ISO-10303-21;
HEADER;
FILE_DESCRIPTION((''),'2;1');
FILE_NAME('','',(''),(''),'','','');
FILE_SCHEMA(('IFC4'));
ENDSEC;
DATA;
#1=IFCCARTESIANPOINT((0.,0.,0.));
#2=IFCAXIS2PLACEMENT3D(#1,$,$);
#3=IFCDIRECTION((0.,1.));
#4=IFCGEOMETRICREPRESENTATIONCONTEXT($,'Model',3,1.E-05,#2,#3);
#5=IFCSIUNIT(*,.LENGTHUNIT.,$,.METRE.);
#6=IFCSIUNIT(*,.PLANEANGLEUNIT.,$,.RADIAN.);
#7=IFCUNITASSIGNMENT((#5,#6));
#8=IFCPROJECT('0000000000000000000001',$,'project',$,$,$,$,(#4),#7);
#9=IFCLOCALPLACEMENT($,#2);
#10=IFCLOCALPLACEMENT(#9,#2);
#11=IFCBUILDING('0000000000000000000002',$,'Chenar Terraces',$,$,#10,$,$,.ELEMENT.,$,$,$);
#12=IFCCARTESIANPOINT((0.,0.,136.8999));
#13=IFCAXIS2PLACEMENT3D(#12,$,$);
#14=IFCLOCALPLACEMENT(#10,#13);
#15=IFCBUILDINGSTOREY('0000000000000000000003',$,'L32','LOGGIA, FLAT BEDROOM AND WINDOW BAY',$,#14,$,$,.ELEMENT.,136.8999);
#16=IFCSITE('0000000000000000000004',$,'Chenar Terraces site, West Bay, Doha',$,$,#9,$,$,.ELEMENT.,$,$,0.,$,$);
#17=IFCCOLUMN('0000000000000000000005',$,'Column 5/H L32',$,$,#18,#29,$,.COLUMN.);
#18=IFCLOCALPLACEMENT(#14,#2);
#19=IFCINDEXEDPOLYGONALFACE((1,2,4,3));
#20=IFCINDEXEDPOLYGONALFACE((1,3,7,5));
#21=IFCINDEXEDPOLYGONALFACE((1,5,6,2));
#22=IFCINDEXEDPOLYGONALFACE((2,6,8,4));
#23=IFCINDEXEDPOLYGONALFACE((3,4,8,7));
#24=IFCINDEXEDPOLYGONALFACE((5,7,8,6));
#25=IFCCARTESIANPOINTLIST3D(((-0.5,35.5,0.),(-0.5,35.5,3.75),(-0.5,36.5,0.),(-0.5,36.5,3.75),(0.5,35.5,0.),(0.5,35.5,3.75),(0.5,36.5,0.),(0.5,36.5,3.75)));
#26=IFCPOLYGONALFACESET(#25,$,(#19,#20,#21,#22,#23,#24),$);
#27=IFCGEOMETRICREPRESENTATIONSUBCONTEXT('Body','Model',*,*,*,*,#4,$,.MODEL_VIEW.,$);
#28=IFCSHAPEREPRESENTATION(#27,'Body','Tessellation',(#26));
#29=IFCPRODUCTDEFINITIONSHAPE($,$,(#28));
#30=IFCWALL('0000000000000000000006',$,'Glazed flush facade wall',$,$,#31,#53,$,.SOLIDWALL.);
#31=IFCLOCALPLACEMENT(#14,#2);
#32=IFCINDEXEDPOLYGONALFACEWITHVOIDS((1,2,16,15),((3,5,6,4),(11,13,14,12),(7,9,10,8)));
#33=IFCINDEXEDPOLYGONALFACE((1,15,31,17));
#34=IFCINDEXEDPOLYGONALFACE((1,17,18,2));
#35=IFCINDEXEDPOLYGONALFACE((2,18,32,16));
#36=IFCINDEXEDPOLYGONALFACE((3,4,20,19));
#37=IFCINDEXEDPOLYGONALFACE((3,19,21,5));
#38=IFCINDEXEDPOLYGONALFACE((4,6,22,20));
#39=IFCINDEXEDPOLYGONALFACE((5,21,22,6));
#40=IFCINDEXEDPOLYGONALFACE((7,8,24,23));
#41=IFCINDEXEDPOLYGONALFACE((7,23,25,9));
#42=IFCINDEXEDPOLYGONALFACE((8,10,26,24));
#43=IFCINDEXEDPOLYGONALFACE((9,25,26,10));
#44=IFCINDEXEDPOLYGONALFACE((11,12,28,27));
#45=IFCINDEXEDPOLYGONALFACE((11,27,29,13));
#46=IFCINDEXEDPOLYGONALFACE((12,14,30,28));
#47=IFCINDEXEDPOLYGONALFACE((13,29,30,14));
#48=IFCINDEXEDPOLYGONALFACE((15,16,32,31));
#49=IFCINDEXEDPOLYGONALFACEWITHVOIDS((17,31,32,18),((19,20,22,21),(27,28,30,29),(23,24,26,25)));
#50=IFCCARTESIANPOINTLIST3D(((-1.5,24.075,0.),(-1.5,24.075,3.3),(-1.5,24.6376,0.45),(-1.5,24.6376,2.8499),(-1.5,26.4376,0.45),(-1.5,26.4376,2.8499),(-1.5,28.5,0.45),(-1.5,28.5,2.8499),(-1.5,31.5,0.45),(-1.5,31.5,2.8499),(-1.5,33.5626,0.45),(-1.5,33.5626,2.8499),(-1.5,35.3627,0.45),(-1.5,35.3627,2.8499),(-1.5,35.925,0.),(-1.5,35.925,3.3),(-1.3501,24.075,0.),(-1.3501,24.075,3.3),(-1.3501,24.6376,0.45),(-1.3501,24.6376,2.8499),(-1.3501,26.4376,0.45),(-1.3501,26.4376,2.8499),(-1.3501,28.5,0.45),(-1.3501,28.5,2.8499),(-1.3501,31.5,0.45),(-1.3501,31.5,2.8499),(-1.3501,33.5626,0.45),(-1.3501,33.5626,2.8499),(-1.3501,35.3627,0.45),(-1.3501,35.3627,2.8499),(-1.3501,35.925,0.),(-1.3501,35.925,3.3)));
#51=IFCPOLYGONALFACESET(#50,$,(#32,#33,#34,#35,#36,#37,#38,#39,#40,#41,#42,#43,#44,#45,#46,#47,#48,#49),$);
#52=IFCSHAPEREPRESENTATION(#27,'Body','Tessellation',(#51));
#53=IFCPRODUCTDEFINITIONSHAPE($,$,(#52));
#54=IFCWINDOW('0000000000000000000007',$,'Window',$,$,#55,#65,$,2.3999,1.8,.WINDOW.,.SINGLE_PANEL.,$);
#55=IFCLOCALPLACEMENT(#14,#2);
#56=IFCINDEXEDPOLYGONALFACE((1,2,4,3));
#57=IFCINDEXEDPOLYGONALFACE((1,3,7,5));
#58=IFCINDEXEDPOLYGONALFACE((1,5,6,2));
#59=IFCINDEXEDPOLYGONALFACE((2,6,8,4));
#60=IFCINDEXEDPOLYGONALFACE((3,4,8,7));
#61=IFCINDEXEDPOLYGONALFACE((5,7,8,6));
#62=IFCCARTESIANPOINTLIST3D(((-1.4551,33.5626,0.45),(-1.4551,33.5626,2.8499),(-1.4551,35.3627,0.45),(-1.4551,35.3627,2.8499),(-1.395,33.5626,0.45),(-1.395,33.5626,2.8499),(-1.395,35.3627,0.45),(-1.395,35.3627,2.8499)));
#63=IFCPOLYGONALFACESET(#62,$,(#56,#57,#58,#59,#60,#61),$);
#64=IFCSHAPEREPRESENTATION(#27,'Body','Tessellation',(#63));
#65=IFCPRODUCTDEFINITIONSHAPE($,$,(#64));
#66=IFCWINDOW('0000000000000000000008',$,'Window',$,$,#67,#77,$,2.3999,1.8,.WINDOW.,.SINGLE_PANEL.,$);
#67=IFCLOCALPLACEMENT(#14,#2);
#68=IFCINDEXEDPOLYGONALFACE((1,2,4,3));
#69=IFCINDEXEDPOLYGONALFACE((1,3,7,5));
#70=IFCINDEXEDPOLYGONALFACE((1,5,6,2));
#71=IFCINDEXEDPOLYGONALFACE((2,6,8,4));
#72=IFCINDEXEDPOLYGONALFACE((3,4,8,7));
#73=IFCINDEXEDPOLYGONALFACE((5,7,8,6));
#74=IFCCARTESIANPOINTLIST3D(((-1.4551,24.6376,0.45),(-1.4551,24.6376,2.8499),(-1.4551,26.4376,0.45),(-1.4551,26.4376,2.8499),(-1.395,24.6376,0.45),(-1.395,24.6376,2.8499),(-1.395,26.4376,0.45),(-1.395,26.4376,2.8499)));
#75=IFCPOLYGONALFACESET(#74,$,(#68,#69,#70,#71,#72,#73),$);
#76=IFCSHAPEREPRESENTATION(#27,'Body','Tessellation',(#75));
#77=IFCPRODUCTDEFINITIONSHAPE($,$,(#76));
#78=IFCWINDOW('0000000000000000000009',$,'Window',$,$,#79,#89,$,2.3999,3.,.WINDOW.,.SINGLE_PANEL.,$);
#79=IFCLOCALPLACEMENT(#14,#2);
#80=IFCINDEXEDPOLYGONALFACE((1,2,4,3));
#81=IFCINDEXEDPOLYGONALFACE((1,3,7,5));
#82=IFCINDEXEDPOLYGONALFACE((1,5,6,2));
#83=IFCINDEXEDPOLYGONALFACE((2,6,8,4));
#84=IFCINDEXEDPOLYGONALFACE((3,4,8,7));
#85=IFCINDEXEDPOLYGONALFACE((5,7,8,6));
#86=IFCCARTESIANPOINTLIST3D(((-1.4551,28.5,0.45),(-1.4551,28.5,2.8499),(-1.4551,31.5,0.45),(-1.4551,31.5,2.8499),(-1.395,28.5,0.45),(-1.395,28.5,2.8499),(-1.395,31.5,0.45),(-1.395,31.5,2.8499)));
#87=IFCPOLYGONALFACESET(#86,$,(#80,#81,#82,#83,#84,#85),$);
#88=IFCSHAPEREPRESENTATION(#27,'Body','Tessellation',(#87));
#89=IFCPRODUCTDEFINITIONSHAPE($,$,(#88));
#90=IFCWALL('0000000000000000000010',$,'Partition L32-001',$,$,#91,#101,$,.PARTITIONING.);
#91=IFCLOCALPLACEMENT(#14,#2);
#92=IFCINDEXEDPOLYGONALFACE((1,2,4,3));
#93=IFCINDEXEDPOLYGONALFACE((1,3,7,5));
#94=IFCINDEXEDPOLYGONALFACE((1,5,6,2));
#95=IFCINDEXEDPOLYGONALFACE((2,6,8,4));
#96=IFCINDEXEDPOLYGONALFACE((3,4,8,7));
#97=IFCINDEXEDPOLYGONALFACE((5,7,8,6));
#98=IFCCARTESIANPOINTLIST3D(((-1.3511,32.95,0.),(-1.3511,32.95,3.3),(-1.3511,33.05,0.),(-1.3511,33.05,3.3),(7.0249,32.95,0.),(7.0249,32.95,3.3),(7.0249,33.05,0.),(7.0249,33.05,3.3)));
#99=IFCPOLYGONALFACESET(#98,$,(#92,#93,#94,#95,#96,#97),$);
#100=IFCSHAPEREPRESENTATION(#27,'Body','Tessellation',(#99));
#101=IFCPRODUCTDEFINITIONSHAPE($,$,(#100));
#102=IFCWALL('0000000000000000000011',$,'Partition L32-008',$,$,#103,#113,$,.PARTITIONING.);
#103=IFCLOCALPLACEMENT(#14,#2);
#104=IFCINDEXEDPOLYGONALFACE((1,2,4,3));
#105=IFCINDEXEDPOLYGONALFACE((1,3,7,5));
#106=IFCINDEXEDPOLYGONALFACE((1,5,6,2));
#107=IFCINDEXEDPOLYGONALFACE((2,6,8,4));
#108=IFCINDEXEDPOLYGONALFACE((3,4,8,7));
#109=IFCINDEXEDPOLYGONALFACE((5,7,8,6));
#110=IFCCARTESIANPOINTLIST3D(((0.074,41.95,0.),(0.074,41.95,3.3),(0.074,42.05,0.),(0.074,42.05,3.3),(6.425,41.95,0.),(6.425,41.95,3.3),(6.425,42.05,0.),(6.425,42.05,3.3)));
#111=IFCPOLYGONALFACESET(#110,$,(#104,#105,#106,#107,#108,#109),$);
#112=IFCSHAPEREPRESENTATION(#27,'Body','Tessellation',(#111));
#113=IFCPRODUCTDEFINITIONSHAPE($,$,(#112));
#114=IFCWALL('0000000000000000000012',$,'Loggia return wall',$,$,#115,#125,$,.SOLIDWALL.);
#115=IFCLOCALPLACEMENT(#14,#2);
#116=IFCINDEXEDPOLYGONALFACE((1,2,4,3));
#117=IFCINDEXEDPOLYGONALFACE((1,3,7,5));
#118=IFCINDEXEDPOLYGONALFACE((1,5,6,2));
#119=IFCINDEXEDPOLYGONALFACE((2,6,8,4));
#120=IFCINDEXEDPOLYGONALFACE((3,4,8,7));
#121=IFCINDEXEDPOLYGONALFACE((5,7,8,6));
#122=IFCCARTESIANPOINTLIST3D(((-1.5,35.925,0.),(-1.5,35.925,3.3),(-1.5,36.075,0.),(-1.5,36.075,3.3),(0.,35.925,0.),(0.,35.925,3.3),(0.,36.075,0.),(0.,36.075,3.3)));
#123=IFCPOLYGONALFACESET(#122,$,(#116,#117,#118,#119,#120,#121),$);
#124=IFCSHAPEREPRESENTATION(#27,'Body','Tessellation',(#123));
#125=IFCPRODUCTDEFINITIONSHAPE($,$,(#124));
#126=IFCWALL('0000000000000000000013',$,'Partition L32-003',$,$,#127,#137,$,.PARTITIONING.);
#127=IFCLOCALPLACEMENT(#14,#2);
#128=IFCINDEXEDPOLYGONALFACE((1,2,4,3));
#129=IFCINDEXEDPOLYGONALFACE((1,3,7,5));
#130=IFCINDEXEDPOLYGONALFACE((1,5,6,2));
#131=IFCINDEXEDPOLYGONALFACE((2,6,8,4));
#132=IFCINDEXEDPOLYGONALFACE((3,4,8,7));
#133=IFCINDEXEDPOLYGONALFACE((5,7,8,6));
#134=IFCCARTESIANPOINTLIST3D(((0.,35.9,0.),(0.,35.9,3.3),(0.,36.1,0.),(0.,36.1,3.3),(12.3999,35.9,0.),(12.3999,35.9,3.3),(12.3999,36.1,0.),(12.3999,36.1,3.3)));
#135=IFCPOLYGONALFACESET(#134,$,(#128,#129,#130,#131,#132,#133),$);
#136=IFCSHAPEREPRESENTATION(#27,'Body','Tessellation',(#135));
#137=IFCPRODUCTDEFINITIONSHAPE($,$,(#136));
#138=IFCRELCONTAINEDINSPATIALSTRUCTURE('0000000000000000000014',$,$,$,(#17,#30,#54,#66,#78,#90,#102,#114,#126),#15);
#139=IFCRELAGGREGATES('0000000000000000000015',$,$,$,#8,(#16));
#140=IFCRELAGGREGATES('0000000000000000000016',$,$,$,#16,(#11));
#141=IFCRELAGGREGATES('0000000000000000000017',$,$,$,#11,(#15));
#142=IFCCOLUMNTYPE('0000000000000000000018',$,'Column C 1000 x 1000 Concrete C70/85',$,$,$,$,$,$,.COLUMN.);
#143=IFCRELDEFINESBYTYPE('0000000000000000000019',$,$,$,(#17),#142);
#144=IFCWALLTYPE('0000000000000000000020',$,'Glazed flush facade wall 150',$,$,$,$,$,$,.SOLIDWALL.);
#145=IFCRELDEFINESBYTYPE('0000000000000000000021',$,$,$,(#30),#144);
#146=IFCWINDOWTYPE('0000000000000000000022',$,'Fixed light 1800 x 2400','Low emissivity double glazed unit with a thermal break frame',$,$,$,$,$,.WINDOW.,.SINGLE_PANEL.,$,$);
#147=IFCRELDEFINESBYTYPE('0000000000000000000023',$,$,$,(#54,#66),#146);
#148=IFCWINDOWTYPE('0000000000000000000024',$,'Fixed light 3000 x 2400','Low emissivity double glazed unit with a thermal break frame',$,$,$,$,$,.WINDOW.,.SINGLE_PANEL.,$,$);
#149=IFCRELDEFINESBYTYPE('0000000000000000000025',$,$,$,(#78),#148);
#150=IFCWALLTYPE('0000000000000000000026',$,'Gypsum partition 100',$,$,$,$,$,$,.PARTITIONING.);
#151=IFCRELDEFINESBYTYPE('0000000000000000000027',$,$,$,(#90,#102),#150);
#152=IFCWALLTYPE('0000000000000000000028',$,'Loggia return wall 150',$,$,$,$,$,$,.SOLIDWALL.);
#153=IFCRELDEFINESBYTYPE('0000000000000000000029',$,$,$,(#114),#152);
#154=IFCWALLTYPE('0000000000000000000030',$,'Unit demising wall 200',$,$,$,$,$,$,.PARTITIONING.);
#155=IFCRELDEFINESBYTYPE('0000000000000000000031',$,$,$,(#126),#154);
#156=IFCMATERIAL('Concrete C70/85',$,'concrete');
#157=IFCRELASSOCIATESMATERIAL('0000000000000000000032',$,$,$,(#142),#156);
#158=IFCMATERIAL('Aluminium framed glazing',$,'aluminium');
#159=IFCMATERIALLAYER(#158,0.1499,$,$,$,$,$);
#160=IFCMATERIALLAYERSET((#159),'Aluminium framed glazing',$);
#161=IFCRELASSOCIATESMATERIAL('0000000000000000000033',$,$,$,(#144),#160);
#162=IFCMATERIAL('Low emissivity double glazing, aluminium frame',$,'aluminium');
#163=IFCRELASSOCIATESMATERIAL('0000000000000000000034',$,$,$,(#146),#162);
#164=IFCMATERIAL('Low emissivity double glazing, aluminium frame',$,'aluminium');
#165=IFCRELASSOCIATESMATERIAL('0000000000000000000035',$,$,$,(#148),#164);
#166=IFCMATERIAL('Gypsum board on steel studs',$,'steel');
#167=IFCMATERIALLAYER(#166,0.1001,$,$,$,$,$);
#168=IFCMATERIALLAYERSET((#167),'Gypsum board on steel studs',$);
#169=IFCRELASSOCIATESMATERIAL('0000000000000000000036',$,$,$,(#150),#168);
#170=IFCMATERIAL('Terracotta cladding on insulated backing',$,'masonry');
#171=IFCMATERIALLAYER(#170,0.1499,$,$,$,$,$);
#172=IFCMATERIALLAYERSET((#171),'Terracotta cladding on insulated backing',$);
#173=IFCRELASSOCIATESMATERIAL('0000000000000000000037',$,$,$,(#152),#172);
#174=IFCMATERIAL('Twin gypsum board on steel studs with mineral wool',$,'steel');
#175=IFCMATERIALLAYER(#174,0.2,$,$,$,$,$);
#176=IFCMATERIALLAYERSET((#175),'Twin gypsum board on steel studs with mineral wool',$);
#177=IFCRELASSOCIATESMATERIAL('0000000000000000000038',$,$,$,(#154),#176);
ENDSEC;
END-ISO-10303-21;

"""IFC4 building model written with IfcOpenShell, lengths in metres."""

from ifc_helpers import new_model, si_unit, direction, frame, frame_2d, origin, origin_2d, place, context, subcontext, project, spatial, rectangle, extrude, material, layer, layer_set, material_profile, profile_set, type_object, element, fill, save


model = new_model("IFC4")

# Units and contexts
model_context = context("Model", 3, precision=1e-05, world=origin(), true_north=direction((0.0, 1.0)))
body_context = subcontext(model_context, "Body", "Model", "MODEL_VIEW")
ifc_project = project(units=[si_unit("LENGTHUNIT", "METRE"), si_unit("PLANEANGLEUNIT", "RADIAN")], contexts=[model_context])

# Site, building, storey
site_placement = place(None, origin())
site = spatial("IfcSite", under=ifc_project, at=site_placement, Name="Chenar Terraces site, West Bay, Doha", CompositionType="ELEMENT", RefElevation=0.0)
building_placement = place(site_placement, origin())
building = spatial("IfcBuilding", under=site, at=building_placement, Name="Chenar Terraces", CompositionType="ELEMENT")
storey_placement = place(building_placement, frame((0.0, 0.0, 136.8999)))
storey = spatial("IfcBuildingStorey", under=building, at=storey_placement, Name="L32", Description="LOGGIA, FLAT BEDROOM AND WINDOW BAY", CompositionType="ELEMENT", Elevation=136.8999)

# Column
ifc_material_1 = material(Name="Concrete C70/85", Category="concrete")
ifc_material_profile = material_profile(ifc_material_1, rectangle(XDim=1.0, YDim=1.0, at=origin_2d()), Name="C 1000 x 1000")
ifc_profile_set = profile_set([ifc_material_profile], Name="Concrete C70/85")
column_type = type_object("IfcColumnType", Name="Column C 1000 x 1000 Concrete C70/85", PredefinedType="COLUMN", material=ifc_profile_set)
placement = place(storey_placement, frame((0.0, 36.0, 0.0), z_axis=(0.0, 0.0, 1.0), x_axis=(1.0, 0.0, 0.0)))
element("IfcColumn", 1, at=placement, inside=storey, type_object=column_type, Name="Column 5/H L32", PredefinedType="COLUMN", context=body_context, shape_type="SweptSolid", body=[
    extrude(rectangle(XDim=1.0, YDim=1.0, at=origin_2d()), origin(), (0.0, 0.0, 1.0), 3.75),
])

# Wall, openings, windows
ifc_material_2 = material(Name="Aluminium framed glazing", Category="aluminium")
ifc_layer_1 = layer(ifc_material_2, 0.1499)
ifc_layer_set_1 = layer_set([ifc_layer_1], Name="Aluminium framed glazing")
wall_type_1 = type_object("IfcWallType", Name="Glazed flush facade wall 150", PredefinedType="SOLIDWALL", material=ifc_layer_set_1)
wall_1_placement = place(storey_placement, frame((-1.425, 35.925, 0.0), z_axis=(0.0, 0.0, 1.0), x_axis=(0.0, -1.0, 0.0)))
wall_1 = element("IfcWall", 2, at=wall_1_placement, inside=storey, type_object=wall_type_1, Name="Glazed flush facade wall", PredefinedType="SOLIDWALL", context=body_context, shape_type="SweptSolid", body=[
    extrude(rectangle(XDim=11.8501, YDim=0.1499, at=frame_2d((5.925, 0.0))), origin(), (0.0, 0.0, 1.0), 3.3),
])
opening_1_placement = place(wall_1_placement, frame((0.5625, 0.0, 0.45)))
opening_1 = element("IfcOpeningElement", 3, at=opening_1_placement, cuts=wall_1, PredefinedType="OPENING", context=body_context, shape_type="SweptSolid", body=[
    extrude(rectangle(XDim=1.8, YDim=2.3999, at=frame_2d((0.8999, 1.2))), frame((0.0, 0.085, 0.0), z_axis=(0.0, -1.0, 0.0), x_axis=(1.0, 0.0, 0.0)), (0.0, 0.0, 1.0), 0.1699),
])
opening_2_placement = place(wall_1_placement, frame((4.425, 0.0, 0.45)))
opening_2 = element("IfcOpeningElement", 4, at=opening_2_placement, cuts=wall_1, PredefinedType="OPENING", context=body_context, shape_type="SweptSolid", body=[
    extrude(rectangle(XDim=3.0, YDim=2.3999, at=frame_2d((1.5, 1.2))), frame((0.0, 0.085, 0.0), z_axis=(0.0, -1.0, 0.0), x_axis=(1.0, 0.0, 0.0)), (0.0, 0.0, 1.0), 0.1699),
])
opening_3_placement = place(wall_1_placement, frame((9.4875, 0.0, 0.45)))
opening_3 = element("IfcOpeningElement", 5, at=opening_3_placement, cuts=wall_1, PredefinedType="OPENING", context=body_context, shape_type="SweptSolid", body=[
    extrude(rectangle(XDim=1.8, YDim=2.3999, at=frame_2d((0.8999, 1.2))), frame((0.0, 0.085, 0.0), z_axis=(0.0, -1.0, 0.0), x_axis=(1.0, 0.0, 0.0)), (0.0, 0.0, 1.0), 0.1699),
])
ifc_material_3 = material(Name="Low emissivity double glazing, aluminium frame", Category="aluminium")
window_type_1 = type_object("IfcWindowType", Name="Fixed light 1800 x 2400", Description="Low emissivity double glazed unit with a thermal break frame", PartitioningType="SINGLE_PANEL", PredefinedType="WINDOW", material=ifc_material_3)
window_1_placement = place(opening_1_placement, origin())
window_1 = element("IfcWindow", 6, at=window_1_placement, inside=storey, type_object=window_type_1, Name="Window", OverallHeight=2.3999, OverallWidth=1.8, PartitioningType="SINGLE_PANEL", PredefinedType="WINDOW", context=body_context, shape_type="SweptSolid", body=[
    extrude(rectangle(XDim=1.8, YDim=2.3999, at=frame_2d((0.8999, 1.2))), frame((0.0, 0.03, 0.0), z_axis=(0.0, -1.0, 0.0), x_axis=(1.0, 0.0, 0.0)), (0.0, 0.0, 1.0), 0.0601),
])
fill(opening_1, window_1)
window_2_placement = place(opening_3_placement, origin())
window_2 = element("IfcWindow", 7, at=window_2_placement, inside=storey, type_object=window_type_1, Name="Window", OverallHeight=2.3999, OverallWidth=1.8, PartitioningType="SINGLE_PANEL", PredefinedType="WINDOW", context=body_context, shape_type="SweptSolid", body=[
    extrude(rectangle(XDim=1.8, YDim=2.3999, at=frame_2d((0.8999, 1.2))), frame((0.0, 0.03, 0.0), z_axis=(0.0, -1.0, 0.0), x_axis=(1.0, 0.0, 0.0)), (0.0, 0.0, 1.0), 0.0601),
])
fill(opening_3, window_2)
ifc_material_4 = material(Name="Low emissivity double glazing, aluminium frame", Category="aluminium")
window_type_2 = type_object("IfcWindowType", Name="Fixed light 3000 x 2400", Description="Low emissivity double glazed unit with a thermal break frame", PartitioningType="SINGLE_PANEL", PredefinedType="WINDOW", material=ifc_material_4)
window_3_placement = place(opening_2_placement, origin())
window_3 = element("IfcWindow", 8, at=window_3_placement, inside=storey, type_object=window_type_2, Name="Window", OverallHeight=2.3999, OverallWidth=3.0, PartitioningType="SINGLE_PANEL", PredefinedType="WINDOW", context=body_context, shape_type="SweptSolid", body=[
    extrude(rectangle(XDim=3.0, YDim=2.3999, at=frame_2d((1.5, 1.2))), frame((0.0, 0.03, 0.0), z_axis=(0.0, -1.0, 0.0), x_axis=(1.0, 0.0, 0.0)), (0.0, 0.0, 1.0), 0.0601),
])
fill(opening_2, window_3)

# Walls
ifc_material_5 = material(Name="Gypsum board on steel studs", Category="steel")
ifc_layer_2 = layer(ifc_material_5, 0.1001)
ifc_layer_set_2 = layer_set([ifc_layer_2], Name="Gypsum board on steel studs")
wall_type_2 = type_object("IfcWallType", Name="Gypsum partition 100", PredefinedType="PARTITIONING", material=ifc_layer_set_2)
wall_2_placement = place(storey_placement, frame((-1.3511, 33.0, 0.0), z_axis=(0.0, 0.0, 1.0), x_axis=(1.0, 0.0, 0.0)))
element("IfcWall", 9, at=wall_2_placement, inside=storey, type_object=wall_type_2, Name="Partition L32-001", PredefinedType="PARTITIONING", context=body_context, shape_type="SweptSolid", body=[
    extrude(rectangle(XDim=8.376, YDim=0.1001, at=frame_2d((4.188, 0.0))), origin(), (0.0, 0.0, 1.0), 3.3),
])
wall_3_placement = place(storey_placement, frame((0.074, 42.0, 0.0), z_axis=(0.0, 0.0, 1.0), x_axis=(1.0, 0.0, 0.0)))
element("IfcWall", 10, at=wall_3_placement, inside=storey, type_object=wall_type_2, Name="Partition L32-008", PredefinedType="PARTITIONING", context=body_context, shape_type="SweptSolid", body=[
    extrude(rectangle(XDim=6.3511, YDim=0.1001, at=frame_2d((3.1755, 0.0))), origin(), (0.0, 0.0, 1.0), 3.3),
])
ifc_material_6 = material(Name="Terracotta cladding on insulated backing", Category="masonry")
ifc_layer_3 = layer(ifc_material_6, 0.1499)
ifc_layer_set_3 = layer_set([ifc_layer_3], Name="Terracotta cladding on insulated backing")
wall_type_3 = type_object("IfcWallType", Name="Loggia return wall 150", PredefinedType="SOLIDWALL", material=ifc_layer_set_3)
wall_4_placement = place(storey_placement, frame((-1.5, 36.0, 0.0), z_axis=(0.0, 0.0, 1.0), x_axis=(1.0, 0.0, 0.0)))
element("IfcWall", 11, at=wall_4_placement, inside=storey, type_object=wall_type_3, Name="Loggia return wall", PredefinedType="SOLIDWALL", context=body_context, shape_type="SweptSolid", body=[
    extrude(rectangle(XDim=1.5, YDim=0.1499, at=frame_2d((0.75, 0.0))), origin(), (0.0, 0.0, 1.0), 3.3),
])
ifc_material_7 = material(Name="Twin gypsum board on steel studs with mineral wool", Category="steel")
ifc_layer_4 = layer(ifc_material_7, 0.2)
ifc_layer_set_4 = layer_set([ifc_layer_4], Name="Twin gypsum board on steel studs with mineral wool")
wall_type_4 = type_object("IfcWallType", Name="Unit demising wall 200", PredefinedType="PARTITIONING", material=ifc_layer_set_4)
element("IfcWall", 12, at=placement, inside=storey, type_object=wall_type_4, Name="Partition L32-003", PredefinedType="PARTITIONING", context=body_context, shape_type="SweptSolid", body=[
    extrude(rectangle(XDim=12.3999, YDim=0.2, at=frame_2d((6.2, 0.0))), origin(), (0.0, 0.0, 1.0), 3.3),
])

save(model, "model.ifc")
